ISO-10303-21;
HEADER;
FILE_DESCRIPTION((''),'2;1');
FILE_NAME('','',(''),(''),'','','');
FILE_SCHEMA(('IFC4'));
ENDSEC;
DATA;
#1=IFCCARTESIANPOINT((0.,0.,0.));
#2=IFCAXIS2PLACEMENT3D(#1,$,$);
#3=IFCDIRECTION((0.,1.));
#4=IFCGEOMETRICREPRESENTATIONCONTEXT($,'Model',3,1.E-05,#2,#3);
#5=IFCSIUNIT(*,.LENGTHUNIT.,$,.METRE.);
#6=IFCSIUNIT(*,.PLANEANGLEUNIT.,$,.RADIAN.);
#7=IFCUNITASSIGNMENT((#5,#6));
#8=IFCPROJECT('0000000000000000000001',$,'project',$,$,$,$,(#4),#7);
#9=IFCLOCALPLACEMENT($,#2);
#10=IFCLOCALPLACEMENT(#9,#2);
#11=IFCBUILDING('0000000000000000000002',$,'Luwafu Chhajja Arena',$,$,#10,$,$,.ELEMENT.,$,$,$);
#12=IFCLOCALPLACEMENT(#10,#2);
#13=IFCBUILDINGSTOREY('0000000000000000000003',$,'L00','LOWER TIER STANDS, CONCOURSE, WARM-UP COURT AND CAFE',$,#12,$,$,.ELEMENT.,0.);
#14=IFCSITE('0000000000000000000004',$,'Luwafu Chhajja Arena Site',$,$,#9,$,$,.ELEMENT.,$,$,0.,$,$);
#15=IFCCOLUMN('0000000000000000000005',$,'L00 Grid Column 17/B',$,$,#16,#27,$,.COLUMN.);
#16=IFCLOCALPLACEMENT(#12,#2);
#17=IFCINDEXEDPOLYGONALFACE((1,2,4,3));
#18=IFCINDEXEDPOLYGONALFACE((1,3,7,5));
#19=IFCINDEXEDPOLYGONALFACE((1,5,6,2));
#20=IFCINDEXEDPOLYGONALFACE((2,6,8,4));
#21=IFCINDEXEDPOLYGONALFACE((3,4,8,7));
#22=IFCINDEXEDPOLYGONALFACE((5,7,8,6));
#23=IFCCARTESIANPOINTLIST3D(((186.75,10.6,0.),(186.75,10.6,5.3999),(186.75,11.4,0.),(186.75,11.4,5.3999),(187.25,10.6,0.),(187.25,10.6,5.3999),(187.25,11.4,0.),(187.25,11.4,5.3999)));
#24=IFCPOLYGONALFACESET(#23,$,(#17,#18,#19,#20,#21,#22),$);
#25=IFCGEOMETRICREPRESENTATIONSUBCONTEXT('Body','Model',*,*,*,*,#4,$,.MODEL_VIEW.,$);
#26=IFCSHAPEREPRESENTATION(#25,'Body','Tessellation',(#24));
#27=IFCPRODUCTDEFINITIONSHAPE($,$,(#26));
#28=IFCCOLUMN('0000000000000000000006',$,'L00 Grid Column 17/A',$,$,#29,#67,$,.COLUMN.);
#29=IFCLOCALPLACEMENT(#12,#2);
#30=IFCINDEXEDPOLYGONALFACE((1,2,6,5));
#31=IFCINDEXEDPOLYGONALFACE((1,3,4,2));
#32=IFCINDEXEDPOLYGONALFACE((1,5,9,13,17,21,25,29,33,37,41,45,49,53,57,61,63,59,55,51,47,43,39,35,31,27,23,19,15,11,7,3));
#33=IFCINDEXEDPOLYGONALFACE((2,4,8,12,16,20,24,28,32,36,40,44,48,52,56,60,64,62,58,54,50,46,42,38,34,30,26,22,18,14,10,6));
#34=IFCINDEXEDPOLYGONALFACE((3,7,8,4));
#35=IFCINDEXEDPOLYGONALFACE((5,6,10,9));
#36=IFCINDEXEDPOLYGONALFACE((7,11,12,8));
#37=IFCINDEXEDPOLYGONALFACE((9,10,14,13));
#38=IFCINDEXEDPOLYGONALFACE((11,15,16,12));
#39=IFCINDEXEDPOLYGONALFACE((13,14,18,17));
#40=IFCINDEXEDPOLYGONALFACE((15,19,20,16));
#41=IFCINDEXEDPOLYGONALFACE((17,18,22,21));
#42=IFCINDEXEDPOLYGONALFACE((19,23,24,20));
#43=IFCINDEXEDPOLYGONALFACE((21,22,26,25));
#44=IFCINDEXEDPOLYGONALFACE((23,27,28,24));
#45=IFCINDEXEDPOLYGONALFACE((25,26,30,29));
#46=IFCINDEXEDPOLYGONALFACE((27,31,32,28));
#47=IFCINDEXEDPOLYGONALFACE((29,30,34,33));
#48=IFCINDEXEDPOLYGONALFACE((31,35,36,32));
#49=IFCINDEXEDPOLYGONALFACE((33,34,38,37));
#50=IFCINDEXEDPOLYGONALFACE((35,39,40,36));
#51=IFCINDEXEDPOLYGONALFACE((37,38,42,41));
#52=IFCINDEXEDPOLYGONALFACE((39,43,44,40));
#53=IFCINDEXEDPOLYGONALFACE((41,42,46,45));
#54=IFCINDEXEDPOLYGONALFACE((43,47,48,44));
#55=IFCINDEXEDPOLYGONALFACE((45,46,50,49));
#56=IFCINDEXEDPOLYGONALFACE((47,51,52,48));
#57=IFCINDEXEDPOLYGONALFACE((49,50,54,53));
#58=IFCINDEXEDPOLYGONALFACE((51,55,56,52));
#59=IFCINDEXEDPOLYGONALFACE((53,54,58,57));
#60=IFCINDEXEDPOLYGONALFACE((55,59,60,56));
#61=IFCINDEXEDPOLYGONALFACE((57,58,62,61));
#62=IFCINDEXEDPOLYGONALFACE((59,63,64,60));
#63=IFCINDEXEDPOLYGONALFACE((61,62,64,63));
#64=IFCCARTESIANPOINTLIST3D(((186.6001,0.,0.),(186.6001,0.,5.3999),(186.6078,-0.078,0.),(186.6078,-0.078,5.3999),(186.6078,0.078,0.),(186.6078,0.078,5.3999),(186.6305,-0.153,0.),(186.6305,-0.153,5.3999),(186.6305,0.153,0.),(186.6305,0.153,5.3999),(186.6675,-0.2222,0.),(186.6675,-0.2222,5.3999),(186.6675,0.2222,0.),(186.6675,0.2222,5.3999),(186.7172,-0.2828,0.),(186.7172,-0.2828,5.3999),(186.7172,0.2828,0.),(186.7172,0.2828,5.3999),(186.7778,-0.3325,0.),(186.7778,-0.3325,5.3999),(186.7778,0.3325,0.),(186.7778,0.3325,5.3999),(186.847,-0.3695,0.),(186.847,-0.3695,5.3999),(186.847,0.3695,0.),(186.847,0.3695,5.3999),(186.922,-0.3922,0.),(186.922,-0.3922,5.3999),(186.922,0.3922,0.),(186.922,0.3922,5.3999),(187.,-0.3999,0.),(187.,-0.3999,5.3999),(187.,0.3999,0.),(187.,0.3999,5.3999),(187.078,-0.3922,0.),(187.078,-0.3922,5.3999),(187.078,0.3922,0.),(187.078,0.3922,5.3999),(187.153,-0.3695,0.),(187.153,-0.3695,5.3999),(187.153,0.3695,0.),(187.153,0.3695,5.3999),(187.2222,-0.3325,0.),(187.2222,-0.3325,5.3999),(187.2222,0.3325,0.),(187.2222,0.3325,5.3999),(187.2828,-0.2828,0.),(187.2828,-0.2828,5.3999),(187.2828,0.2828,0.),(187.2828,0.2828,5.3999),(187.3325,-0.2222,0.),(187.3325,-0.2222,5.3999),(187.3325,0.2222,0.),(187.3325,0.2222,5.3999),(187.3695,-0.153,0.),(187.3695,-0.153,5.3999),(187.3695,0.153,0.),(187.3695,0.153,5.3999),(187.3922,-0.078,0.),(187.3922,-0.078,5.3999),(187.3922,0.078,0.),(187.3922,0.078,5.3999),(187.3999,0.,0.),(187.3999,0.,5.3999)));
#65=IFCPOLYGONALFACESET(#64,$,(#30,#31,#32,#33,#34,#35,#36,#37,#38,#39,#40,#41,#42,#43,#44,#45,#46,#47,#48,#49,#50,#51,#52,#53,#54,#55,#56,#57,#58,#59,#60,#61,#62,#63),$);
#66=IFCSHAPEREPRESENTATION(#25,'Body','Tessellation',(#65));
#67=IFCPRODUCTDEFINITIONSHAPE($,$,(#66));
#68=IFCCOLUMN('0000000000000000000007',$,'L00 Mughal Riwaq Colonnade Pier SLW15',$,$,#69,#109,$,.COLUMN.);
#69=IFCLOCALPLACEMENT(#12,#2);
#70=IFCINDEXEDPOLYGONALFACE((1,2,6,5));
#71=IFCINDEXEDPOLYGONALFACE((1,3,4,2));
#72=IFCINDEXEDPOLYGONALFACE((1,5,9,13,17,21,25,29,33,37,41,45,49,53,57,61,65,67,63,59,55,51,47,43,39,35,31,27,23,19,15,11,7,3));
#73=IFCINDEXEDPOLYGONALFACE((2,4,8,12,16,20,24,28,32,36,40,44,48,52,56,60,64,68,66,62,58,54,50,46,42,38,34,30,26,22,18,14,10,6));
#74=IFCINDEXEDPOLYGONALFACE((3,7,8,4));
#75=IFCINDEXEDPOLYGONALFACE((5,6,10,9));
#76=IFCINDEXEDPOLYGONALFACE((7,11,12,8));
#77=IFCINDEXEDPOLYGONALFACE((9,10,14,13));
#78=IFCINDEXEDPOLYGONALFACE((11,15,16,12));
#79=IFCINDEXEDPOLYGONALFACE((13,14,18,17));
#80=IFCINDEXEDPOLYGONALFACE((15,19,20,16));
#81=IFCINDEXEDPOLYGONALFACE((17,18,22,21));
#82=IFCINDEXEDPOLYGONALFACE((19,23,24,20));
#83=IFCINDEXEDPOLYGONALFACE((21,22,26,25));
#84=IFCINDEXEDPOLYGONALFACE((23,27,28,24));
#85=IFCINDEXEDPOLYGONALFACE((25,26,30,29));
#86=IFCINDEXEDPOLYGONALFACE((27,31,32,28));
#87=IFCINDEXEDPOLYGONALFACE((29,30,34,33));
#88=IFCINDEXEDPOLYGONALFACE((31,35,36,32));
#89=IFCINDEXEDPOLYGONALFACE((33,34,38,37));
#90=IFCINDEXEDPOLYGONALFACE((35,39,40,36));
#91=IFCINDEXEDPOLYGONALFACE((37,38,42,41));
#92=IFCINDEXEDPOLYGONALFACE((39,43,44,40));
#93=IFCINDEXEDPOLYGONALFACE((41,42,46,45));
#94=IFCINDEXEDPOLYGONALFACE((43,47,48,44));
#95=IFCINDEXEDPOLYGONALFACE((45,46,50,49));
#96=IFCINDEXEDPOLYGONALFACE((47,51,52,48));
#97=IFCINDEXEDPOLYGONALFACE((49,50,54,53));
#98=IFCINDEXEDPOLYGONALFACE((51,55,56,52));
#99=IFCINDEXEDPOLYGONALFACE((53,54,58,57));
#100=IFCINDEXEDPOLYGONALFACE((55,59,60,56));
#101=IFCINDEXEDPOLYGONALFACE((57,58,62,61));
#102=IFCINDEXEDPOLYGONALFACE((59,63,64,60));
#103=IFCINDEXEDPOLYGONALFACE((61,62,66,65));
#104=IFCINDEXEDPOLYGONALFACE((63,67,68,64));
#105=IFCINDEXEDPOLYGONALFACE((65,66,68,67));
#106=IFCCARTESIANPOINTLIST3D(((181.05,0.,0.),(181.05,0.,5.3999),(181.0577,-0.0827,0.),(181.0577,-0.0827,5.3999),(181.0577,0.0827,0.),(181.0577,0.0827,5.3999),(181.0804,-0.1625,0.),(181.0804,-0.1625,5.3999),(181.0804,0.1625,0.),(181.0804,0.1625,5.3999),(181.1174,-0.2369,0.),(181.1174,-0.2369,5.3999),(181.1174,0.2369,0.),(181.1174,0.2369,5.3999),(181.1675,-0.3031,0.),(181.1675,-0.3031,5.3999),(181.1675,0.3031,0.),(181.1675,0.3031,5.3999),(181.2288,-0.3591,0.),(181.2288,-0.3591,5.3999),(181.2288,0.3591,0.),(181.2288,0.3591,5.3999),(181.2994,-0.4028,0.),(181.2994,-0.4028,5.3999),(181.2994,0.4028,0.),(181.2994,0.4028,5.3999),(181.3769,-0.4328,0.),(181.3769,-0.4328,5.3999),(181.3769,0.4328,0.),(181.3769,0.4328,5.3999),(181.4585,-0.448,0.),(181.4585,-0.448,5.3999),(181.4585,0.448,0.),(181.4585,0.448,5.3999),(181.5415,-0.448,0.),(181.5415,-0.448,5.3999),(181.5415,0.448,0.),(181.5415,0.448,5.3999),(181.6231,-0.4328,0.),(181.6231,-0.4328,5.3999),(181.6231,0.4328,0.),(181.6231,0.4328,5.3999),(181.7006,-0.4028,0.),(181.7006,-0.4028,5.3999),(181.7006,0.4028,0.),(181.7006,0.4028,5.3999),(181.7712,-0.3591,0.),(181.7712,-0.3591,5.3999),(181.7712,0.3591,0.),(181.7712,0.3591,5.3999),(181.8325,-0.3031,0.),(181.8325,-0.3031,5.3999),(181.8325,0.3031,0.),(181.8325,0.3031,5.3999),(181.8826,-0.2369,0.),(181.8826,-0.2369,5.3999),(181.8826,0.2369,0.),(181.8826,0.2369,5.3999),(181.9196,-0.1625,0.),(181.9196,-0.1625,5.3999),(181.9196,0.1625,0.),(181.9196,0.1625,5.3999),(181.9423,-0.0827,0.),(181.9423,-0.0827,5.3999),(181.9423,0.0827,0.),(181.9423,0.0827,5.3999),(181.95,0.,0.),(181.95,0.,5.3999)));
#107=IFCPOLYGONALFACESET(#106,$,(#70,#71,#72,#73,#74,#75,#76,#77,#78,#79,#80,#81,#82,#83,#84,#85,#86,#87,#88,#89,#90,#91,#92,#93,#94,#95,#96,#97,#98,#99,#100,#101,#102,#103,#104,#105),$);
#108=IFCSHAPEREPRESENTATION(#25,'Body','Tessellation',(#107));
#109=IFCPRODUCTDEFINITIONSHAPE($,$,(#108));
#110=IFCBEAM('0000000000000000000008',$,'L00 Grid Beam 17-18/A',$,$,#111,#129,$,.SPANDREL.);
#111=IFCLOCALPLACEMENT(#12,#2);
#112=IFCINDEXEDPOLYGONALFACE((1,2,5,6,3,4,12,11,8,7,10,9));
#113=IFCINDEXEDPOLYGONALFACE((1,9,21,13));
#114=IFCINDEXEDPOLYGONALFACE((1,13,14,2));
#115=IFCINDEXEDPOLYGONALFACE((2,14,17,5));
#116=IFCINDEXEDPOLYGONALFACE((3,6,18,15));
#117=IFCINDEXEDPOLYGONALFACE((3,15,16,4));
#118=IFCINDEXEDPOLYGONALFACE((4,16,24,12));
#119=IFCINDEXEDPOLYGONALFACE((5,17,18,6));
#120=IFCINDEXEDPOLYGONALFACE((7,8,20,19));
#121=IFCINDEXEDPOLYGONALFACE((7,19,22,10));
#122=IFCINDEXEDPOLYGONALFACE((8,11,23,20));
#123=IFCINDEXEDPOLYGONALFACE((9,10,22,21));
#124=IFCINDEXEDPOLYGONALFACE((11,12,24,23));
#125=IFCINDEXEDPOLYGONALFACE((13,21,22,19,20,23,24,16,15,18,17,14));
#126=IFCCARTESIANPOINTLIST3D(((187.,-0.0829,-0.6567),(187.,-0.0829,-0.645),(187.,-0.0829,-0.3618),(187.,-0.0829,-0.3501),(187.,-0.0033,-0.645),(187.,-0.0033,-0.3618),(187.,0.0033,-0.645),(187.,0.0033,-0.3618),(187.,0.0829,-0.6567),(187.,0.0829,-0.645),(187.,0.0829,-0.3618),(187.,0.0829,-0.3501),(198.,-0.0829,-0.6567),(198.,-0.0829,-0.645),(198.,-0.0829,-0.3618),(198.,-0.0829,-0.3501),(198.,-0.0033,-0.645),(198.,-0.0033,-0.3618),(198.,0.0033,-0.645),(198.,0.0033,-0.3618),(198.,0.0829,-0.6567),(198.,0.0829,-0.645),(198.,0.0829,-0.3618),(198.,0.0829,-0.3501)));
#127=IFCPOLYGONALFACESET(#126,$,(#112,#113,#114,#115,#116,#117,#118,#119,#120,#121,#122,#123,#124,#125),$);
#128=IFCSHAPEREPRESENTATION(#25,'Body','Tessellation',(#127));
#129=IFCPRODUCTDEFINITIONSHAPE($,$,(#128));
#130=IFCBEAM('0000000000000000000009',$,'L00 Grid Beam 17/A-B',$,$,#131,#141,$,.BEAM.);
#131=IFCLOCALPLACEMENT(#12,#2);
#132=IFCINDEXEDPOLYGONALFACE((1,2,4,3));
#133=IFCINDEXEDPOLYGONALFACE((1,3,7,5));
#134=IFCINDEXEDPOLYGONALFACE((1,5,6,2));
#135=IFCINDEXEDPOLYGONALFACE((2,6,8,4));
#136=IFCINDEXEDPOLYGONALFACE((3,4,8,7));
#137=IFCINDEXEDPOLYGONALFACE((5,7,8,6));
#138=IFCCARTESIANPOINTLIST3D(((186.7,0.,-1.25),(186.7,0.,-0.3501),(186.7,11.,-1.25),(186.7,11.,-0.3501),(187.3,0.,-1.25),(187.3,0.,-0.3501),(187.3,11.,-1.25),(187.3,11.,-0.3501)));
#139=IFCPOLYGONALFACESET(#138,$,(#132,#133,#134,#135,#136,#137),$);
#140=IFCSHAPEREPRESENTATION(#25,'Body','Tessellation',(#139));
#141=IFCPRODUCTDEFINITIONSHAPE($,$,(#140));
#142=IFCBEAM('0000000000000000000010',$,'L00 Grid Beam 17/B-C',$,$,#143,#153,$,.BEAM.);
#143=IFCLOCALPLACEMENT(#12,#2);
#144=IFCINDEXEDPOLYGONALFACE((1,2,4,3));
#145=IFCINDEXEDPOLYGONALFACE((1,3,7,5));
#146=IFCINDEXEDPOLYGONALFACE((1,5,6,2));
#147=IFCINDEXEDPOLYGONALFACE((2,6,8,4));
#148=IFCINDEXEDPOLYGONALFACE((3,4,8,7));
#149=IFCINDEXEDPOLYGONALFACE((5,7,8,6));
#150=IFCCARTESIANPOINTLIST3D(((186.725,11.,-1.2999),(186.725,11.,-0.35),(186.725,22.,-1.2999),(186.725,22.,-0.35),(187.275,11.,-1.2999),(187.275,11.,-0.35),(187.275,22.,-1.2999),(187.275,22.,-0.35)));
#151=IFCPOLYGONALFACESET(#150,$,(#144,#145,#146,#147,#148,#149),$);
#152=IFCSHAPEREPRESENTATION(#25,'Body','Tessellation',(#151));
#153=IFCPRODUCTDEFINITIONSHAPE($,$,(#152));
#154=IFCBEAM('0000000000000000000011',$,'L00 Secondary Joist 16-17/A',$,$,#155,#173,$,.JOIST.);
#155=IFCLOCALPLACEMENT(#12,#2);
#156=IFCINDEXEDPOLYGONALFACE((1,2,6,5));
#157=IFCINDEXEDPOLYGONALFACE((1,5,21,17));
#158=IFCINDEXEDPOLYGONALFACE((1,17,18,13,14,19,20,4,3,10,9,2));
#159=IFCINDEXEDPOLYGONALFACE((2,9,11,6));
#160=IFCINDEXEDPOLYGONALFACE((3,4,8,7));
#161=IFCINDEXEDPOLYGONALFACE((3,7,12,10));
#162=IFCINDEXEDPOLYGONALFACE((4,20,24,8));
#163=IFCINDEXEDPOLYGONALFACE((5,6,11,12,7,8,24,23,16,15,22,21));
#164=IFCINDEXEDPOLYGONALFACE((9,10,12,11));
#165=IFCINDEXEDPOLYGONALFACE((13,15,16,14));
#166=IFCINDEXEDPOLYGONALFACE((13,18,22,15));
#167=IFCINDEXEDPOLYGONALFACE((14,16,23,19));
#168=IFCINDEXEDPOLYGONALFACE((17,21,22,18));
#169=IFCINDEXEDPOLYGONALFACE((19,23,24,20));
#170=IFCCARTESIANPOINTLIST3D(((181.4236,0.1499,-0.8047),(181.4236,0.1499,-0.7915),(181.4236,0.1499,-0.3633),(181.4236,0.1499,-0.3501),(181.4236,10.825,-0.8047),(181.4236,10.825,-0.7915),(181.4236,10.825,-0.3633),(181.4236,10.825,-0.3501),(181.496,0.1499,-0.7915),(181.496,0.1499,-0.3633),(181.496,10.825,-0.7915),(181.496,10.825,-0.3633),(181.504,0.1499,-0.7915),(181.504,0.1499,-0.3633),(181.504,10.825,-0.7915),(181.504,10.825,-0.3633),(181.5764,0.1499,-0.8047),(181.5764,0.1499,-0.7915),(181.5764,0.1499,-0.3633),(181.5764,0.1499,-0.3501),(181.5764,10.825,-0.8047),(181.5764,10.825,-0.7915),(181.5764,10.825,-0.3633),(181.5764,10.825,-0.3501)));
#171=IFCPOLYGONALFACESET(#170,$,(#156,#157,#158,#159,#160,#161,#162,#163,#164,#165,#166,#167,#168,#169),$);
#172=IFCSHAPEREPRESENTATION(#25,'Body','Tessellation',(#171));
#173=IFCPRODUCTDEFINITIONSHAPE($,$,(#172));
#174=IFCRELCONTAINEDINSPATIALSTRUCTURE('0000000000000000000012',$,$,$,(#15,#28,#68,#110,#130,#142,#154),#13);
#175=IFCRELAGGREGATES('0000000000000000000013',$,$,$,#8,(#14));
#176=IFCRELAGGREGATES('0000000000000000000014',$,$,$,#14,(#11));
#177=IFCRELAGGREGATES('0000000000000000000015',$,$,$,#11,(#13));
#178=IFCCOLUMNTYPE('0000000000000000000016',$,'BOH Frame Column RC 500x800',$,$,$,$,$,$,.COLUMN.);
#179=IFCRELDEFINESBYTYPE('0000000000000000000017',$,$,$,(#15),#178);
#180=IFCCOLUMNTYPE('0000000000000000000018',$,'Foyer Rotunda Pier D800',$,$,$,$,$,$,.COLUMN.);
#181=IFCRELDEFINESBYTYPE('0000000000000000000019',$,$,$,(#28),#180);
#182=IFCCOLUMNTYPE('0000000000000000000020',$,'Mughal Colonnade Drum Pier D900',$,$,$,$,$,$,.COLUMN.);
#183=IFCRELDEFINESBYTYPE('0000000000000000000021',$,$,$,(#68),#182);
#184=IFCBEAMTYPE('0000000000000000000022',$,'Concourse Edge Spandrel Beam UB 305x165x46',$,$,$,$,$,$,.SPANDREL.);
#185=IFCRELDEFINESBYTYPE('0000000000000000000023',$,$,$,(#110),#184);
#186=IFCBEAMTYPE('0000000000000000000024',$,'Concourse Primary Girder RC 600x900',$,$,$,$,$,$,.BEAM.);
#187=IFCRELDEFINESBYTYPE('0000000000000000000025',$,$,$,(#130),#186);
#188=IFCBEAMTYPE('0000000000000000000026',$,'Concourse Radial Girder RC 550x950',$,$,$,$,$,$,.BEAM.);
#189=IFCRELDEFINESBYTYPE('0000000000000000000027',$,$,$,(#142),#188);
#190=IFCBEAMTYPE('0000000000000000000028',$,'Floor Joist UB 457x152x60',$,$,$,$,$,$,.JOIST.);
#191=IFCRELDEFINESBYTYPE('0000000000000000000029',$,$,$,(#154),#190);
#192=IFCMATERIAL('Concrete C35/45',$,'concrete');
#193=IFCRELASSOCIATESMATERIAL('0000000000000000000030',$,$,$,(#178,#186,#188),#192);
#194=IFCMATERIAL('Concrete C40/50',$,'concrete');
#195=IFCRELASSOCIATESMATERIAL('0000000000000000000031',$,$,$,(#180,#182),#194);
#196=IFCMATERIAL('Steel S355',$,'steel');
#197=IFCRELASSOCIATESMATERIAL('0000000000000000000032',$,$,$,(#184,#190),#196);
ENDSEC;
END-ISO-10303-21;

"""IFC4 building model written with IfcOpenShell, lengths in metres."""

from ifc_helpers import new_model, si_unit, direction, frame, origin, origin_2d, place, context, subcontext, project, spatial, rectangle, circle, i_section, extrude, material, material_profile, profile_set, type_object, element, save


model = new_model("IFC4")

# Units and contexts
model_context = context("Model", 3, precision=1e-05, world=origin(), true_north=direction((0.0, 1.0)))
body_context = subcontext(model_context, "Body", "Model", "MODEL_VIEW")
ifc_project = project(units=[si_unit("LENGTHUNIT", "METRE"), si_unit("PLANEANGLEUNIT", "RADIAN")], contexts=[model_context])

# Site, building, storey
site_placement = place(None, origin())
site = spatial("IfcSite", under=ifc_project, at=site_placement, Name="Luwafu Chhajja Arena Site", CompositionType="ELEMENT", RefElevation=0.0)
building_placement = place(site_placement, origin())
building = spatial("IfcBuilding", under=site, at=building_placement, Name="Luwafu Chhajja Arena", CompositionType="ELEMENT")
storey_placement = place(building_placement, origin())
storey = spatial("IfcBuildingStorey", under=building, at=storey_placement, Name="L00", Description="LOWER TIER STANDS, CONCOURSE, WARM-UP COURT AND CAFE", CompositionType="ELEMENT", Elevation=0.0)

# Columns
ifc_material_1 = material(Name="Concrete C35/45", Category="concrete")
ifc_material_profile_1 = material_profile(ifc_material_1, rectangle(XDim=0.5, YDim=0.8, at=origin_2d()), Name="RC 500x800")
ifc_profile_set_1 = profile_set([ifc_material_profile_1], Name="Concrete C35/45")
column_type_1 = type_object("IfcColumnType", Name="BOH Frame Column RC 500x800", PredefinedType="COLUMN", material=ifc_profile_set_1)
column_1_placement = place(storey_placement, frame((187.0, 11.0, 0.0), z_axis=(0.0, 0.0, 1.0), x_axis=(1.0, 0.0, 0.0)))
element("IfcColumn", 1, at=column_1_placement, inside=storey, type_object=column_type_1, Name="L00 Grid Column 17/B", PredefinedType="COLUMN", context=body_context, shape_type="SweptSolid", body=[
    extrude(rectangle(XDim=0.5, YDim=0.8, at=origin_2d()), origin(), (0.0, 0.0, 1.0), 5.3999),
])
ifc_material_2 = material(Name="Concrete C40/50", Category="concrete")
ifc_material_profile_2 = material_profile(ifc_material_2, circle(Radius=0.3999, at=origin_2d()), Name="RC COL D800")
ifc_profile_set_2 = profile_set([ifc_material_profile_2], Name="Concrete C40/50")
column_type_2 = type_object("IfcColumnType", Name="Foyer Rotunda Pier D800", PredefinedType="COLUMN", material=ifc_profile_set_2)
column_2_placement = place(storey_placement, frame((187.0, 0.0, 0.0), z_axis=(0.0, 0.0, 1.0), x_axis=(1.0, 0.0, 0.0)))
element("IfcColumn", 2, at=column_2_placement, inside=storey, type_object=column_type_2, Name="L00 Grid Column 17/A", PredefinedType="COLUMN", context=body_context, shape_type="SweptSolid", body=[
    extrude(circle(Radius=0.3999, at=origin_2d()), origin(), (0.0, 0.0, 1.0), 5.3999),
])
ifc_material_profile_3 = material_profile(ifc_material_2, circle(Radius=0.45, at=origin_2d()), Name="RC COL D900")
ifc_profile_set_3 = profile_set([ifc_material_profile_3], Name="Concrete C40/50")
column_type_3 = type_object("IfcColumnType", Name="Mughal Colonnade Drum Pier D900", PredefinedType="COLUMN", material=ifc_profile_set_3)
column_3_placement = place(storey_placement, frame((181.5, 0.0, 0.0), z_axis=(0.0, 0.0, 1.0), x_axis=(1.0, 0.0, 0.0)))
element("IfcColumn", 3, at=column_3_placement, inside=storey, type_object=column_type_3, Name="L00 Mughal Riwaq Colonnade Pier SLW15", PredefinedType="COLUMN", context=body_context, shape_type="SweptSolid", body=[
    extrude(circle(Radius=0.45, at=origin_2d()), origin(), (0.0, 0.0, 1.0), 5.3999),
])

# Beams
ifc_material_3 = material(Name="Steel S355", Category="steel")
ifc_material_profile_4 = material_profile(ifc_material_3, i_section(OverallWidth=0.1658, OverallDepth=0.3066, WebThickness=0.0066, FlangeThickness=0.0117, at=origin_2d()), Name="UB 305x165x46")
ifc_profile_set_4 = profile_set([ifc_material_profile_4], Name="Steel S355")
beam_type_1 = type_object("IfcBeamType", Name="Concourse Edge Spandrel Beam UB 305x165x46", PredefinedType="SPANDREL", material=ifc_profile_set_4)
beam_1_placement = place(storey_placement, frame((187.0, 0.0, -0.5034), z_axis=(1.0, 0.0, 0.0), x_axis=(0.0, 1.0, 0.0)))
element("IfcBeam", 4, at=beam_1_placement, inside=storey, type_object=beam_type_1, Name="L00 Grid Beam 17-18/A", PredefinedType="SPANDREL", context=body_context, shape_type="SweptSolid", body=[
    extrude(i_section(OverallWidth=0.1658, OverallDepth=0.3066, WebThickness=0.0066, FlangeThickness=0.0117, at=origin_2d()), origin(), (0.0, 0.0, 1.0), 11.0),
])
ifc_material_profile_5 = material_profile(ifc_material_1, rectangle(XDim=0.6001, YDim=0.8999, at=origin_2d()), Name="RC 600x900")
ifc_profile_set_5 = profile_set([ifc_material_profile_5], Name="Concrete C35/45")
beam_type_2 = type_object("IfcBeamType", Name="Concourse Primary Girder RC 600x900", PredefinedType="BEAM", material=ifc_profile_set_5)
beam_2_placement = place(storey_placement, frame((187.0, 0.0, -0.8), z_axis=(0.0, 1.0, 0.0), x_axis=(-1.0, 0.0, 0.0)))
element("IfcBeam", 5, at=beam_2_placement, inside=storey, type_object=beam_type_2, Name="L00 Grid Beam 17/A-B", PredefinedType="BEAM", context=body_context, shape_type="SweptSolid", body=[
    extrude(rectangle(XDim=0.6001, YDim=0.8999, at=origin_2d()), origin(), (0.0, 0.0, 1.0), 11.0),
])
ifc_material_profile_6 = material_profile(ifc_material_1, rectangle(XDim=0.55, YDim=0.95, at=origin_2d()), Name="RC 550x950")
ifc_profile_set_6 = profile_set([ifc_material_profile_6], Name="Concrete C35/45")
beam_type_3 = type_object("IfcBeamType", Name="Concourse Radial Girder RC 550x950", PredefinedType="BEAM", material=ifc_profile_set_6)
beam_3_placement = place(storey_placement, frame((187.0, 11.0, -0.825), z_axis=(0.0, 1.0, 0.0), x_axis=(-1.0, 0.0, 0.0)))
element("IfcBeam", 6, at=beam_3_placement, inside=storey, type_object=beam_type_3, Name="L00 Grid Beam 17/B-C", PredefinedType="BEAM", context=body_context, shape_type="SweptSolid", body=[
    extrude(rectangle(XDim=0.55, YDim=0.95, at=origin_2d()), origin(), (0.0, 0.0, 1.0), 11.0),
])
ifc_material_profile_7 = material_profile(ifc_material_3, i_section(OverallWidth=0.1528, OverallDepth=0.4546, WebThickness=0.0081, FlangeThickness=0.0132, at=origin_2d()), Name="UB 457x152x60")
ifc_profile_set_7 = profile_set([ifc_material_profile_7], Name="Steel S355")
beam_type_4 = type_object("IfcBeamType", Name="Floor Joist UB 457x152x60", PredefinedType="JOIST", material=ifc_profile_set_7)
beam_4_placement = place(storey_placement, frame((181.5, 0.1499, -0.5774), z_axis=(0.0, 1.0, 0.0), x_axis=(-1.0, 0.0, 0.0)))
element("IfcBeam", 7, at=beam_4_placement, inside=storey, type_object=beam_type_4, Name="L00 Secondary Joist 16-17/A", PredefinedType="JOIST", context=body_context, shape_type="SweptSolid", body=[
    extrude(i_section(OverallWidth=0.1528, OverallDepth=0.4546, WebThickness=0.0081, FlangeThickness=0.0132, at=origin_2d()), origin(), (0.0, 0.0, 1.0), 10.675),
])

save(model, "model.ifc")
